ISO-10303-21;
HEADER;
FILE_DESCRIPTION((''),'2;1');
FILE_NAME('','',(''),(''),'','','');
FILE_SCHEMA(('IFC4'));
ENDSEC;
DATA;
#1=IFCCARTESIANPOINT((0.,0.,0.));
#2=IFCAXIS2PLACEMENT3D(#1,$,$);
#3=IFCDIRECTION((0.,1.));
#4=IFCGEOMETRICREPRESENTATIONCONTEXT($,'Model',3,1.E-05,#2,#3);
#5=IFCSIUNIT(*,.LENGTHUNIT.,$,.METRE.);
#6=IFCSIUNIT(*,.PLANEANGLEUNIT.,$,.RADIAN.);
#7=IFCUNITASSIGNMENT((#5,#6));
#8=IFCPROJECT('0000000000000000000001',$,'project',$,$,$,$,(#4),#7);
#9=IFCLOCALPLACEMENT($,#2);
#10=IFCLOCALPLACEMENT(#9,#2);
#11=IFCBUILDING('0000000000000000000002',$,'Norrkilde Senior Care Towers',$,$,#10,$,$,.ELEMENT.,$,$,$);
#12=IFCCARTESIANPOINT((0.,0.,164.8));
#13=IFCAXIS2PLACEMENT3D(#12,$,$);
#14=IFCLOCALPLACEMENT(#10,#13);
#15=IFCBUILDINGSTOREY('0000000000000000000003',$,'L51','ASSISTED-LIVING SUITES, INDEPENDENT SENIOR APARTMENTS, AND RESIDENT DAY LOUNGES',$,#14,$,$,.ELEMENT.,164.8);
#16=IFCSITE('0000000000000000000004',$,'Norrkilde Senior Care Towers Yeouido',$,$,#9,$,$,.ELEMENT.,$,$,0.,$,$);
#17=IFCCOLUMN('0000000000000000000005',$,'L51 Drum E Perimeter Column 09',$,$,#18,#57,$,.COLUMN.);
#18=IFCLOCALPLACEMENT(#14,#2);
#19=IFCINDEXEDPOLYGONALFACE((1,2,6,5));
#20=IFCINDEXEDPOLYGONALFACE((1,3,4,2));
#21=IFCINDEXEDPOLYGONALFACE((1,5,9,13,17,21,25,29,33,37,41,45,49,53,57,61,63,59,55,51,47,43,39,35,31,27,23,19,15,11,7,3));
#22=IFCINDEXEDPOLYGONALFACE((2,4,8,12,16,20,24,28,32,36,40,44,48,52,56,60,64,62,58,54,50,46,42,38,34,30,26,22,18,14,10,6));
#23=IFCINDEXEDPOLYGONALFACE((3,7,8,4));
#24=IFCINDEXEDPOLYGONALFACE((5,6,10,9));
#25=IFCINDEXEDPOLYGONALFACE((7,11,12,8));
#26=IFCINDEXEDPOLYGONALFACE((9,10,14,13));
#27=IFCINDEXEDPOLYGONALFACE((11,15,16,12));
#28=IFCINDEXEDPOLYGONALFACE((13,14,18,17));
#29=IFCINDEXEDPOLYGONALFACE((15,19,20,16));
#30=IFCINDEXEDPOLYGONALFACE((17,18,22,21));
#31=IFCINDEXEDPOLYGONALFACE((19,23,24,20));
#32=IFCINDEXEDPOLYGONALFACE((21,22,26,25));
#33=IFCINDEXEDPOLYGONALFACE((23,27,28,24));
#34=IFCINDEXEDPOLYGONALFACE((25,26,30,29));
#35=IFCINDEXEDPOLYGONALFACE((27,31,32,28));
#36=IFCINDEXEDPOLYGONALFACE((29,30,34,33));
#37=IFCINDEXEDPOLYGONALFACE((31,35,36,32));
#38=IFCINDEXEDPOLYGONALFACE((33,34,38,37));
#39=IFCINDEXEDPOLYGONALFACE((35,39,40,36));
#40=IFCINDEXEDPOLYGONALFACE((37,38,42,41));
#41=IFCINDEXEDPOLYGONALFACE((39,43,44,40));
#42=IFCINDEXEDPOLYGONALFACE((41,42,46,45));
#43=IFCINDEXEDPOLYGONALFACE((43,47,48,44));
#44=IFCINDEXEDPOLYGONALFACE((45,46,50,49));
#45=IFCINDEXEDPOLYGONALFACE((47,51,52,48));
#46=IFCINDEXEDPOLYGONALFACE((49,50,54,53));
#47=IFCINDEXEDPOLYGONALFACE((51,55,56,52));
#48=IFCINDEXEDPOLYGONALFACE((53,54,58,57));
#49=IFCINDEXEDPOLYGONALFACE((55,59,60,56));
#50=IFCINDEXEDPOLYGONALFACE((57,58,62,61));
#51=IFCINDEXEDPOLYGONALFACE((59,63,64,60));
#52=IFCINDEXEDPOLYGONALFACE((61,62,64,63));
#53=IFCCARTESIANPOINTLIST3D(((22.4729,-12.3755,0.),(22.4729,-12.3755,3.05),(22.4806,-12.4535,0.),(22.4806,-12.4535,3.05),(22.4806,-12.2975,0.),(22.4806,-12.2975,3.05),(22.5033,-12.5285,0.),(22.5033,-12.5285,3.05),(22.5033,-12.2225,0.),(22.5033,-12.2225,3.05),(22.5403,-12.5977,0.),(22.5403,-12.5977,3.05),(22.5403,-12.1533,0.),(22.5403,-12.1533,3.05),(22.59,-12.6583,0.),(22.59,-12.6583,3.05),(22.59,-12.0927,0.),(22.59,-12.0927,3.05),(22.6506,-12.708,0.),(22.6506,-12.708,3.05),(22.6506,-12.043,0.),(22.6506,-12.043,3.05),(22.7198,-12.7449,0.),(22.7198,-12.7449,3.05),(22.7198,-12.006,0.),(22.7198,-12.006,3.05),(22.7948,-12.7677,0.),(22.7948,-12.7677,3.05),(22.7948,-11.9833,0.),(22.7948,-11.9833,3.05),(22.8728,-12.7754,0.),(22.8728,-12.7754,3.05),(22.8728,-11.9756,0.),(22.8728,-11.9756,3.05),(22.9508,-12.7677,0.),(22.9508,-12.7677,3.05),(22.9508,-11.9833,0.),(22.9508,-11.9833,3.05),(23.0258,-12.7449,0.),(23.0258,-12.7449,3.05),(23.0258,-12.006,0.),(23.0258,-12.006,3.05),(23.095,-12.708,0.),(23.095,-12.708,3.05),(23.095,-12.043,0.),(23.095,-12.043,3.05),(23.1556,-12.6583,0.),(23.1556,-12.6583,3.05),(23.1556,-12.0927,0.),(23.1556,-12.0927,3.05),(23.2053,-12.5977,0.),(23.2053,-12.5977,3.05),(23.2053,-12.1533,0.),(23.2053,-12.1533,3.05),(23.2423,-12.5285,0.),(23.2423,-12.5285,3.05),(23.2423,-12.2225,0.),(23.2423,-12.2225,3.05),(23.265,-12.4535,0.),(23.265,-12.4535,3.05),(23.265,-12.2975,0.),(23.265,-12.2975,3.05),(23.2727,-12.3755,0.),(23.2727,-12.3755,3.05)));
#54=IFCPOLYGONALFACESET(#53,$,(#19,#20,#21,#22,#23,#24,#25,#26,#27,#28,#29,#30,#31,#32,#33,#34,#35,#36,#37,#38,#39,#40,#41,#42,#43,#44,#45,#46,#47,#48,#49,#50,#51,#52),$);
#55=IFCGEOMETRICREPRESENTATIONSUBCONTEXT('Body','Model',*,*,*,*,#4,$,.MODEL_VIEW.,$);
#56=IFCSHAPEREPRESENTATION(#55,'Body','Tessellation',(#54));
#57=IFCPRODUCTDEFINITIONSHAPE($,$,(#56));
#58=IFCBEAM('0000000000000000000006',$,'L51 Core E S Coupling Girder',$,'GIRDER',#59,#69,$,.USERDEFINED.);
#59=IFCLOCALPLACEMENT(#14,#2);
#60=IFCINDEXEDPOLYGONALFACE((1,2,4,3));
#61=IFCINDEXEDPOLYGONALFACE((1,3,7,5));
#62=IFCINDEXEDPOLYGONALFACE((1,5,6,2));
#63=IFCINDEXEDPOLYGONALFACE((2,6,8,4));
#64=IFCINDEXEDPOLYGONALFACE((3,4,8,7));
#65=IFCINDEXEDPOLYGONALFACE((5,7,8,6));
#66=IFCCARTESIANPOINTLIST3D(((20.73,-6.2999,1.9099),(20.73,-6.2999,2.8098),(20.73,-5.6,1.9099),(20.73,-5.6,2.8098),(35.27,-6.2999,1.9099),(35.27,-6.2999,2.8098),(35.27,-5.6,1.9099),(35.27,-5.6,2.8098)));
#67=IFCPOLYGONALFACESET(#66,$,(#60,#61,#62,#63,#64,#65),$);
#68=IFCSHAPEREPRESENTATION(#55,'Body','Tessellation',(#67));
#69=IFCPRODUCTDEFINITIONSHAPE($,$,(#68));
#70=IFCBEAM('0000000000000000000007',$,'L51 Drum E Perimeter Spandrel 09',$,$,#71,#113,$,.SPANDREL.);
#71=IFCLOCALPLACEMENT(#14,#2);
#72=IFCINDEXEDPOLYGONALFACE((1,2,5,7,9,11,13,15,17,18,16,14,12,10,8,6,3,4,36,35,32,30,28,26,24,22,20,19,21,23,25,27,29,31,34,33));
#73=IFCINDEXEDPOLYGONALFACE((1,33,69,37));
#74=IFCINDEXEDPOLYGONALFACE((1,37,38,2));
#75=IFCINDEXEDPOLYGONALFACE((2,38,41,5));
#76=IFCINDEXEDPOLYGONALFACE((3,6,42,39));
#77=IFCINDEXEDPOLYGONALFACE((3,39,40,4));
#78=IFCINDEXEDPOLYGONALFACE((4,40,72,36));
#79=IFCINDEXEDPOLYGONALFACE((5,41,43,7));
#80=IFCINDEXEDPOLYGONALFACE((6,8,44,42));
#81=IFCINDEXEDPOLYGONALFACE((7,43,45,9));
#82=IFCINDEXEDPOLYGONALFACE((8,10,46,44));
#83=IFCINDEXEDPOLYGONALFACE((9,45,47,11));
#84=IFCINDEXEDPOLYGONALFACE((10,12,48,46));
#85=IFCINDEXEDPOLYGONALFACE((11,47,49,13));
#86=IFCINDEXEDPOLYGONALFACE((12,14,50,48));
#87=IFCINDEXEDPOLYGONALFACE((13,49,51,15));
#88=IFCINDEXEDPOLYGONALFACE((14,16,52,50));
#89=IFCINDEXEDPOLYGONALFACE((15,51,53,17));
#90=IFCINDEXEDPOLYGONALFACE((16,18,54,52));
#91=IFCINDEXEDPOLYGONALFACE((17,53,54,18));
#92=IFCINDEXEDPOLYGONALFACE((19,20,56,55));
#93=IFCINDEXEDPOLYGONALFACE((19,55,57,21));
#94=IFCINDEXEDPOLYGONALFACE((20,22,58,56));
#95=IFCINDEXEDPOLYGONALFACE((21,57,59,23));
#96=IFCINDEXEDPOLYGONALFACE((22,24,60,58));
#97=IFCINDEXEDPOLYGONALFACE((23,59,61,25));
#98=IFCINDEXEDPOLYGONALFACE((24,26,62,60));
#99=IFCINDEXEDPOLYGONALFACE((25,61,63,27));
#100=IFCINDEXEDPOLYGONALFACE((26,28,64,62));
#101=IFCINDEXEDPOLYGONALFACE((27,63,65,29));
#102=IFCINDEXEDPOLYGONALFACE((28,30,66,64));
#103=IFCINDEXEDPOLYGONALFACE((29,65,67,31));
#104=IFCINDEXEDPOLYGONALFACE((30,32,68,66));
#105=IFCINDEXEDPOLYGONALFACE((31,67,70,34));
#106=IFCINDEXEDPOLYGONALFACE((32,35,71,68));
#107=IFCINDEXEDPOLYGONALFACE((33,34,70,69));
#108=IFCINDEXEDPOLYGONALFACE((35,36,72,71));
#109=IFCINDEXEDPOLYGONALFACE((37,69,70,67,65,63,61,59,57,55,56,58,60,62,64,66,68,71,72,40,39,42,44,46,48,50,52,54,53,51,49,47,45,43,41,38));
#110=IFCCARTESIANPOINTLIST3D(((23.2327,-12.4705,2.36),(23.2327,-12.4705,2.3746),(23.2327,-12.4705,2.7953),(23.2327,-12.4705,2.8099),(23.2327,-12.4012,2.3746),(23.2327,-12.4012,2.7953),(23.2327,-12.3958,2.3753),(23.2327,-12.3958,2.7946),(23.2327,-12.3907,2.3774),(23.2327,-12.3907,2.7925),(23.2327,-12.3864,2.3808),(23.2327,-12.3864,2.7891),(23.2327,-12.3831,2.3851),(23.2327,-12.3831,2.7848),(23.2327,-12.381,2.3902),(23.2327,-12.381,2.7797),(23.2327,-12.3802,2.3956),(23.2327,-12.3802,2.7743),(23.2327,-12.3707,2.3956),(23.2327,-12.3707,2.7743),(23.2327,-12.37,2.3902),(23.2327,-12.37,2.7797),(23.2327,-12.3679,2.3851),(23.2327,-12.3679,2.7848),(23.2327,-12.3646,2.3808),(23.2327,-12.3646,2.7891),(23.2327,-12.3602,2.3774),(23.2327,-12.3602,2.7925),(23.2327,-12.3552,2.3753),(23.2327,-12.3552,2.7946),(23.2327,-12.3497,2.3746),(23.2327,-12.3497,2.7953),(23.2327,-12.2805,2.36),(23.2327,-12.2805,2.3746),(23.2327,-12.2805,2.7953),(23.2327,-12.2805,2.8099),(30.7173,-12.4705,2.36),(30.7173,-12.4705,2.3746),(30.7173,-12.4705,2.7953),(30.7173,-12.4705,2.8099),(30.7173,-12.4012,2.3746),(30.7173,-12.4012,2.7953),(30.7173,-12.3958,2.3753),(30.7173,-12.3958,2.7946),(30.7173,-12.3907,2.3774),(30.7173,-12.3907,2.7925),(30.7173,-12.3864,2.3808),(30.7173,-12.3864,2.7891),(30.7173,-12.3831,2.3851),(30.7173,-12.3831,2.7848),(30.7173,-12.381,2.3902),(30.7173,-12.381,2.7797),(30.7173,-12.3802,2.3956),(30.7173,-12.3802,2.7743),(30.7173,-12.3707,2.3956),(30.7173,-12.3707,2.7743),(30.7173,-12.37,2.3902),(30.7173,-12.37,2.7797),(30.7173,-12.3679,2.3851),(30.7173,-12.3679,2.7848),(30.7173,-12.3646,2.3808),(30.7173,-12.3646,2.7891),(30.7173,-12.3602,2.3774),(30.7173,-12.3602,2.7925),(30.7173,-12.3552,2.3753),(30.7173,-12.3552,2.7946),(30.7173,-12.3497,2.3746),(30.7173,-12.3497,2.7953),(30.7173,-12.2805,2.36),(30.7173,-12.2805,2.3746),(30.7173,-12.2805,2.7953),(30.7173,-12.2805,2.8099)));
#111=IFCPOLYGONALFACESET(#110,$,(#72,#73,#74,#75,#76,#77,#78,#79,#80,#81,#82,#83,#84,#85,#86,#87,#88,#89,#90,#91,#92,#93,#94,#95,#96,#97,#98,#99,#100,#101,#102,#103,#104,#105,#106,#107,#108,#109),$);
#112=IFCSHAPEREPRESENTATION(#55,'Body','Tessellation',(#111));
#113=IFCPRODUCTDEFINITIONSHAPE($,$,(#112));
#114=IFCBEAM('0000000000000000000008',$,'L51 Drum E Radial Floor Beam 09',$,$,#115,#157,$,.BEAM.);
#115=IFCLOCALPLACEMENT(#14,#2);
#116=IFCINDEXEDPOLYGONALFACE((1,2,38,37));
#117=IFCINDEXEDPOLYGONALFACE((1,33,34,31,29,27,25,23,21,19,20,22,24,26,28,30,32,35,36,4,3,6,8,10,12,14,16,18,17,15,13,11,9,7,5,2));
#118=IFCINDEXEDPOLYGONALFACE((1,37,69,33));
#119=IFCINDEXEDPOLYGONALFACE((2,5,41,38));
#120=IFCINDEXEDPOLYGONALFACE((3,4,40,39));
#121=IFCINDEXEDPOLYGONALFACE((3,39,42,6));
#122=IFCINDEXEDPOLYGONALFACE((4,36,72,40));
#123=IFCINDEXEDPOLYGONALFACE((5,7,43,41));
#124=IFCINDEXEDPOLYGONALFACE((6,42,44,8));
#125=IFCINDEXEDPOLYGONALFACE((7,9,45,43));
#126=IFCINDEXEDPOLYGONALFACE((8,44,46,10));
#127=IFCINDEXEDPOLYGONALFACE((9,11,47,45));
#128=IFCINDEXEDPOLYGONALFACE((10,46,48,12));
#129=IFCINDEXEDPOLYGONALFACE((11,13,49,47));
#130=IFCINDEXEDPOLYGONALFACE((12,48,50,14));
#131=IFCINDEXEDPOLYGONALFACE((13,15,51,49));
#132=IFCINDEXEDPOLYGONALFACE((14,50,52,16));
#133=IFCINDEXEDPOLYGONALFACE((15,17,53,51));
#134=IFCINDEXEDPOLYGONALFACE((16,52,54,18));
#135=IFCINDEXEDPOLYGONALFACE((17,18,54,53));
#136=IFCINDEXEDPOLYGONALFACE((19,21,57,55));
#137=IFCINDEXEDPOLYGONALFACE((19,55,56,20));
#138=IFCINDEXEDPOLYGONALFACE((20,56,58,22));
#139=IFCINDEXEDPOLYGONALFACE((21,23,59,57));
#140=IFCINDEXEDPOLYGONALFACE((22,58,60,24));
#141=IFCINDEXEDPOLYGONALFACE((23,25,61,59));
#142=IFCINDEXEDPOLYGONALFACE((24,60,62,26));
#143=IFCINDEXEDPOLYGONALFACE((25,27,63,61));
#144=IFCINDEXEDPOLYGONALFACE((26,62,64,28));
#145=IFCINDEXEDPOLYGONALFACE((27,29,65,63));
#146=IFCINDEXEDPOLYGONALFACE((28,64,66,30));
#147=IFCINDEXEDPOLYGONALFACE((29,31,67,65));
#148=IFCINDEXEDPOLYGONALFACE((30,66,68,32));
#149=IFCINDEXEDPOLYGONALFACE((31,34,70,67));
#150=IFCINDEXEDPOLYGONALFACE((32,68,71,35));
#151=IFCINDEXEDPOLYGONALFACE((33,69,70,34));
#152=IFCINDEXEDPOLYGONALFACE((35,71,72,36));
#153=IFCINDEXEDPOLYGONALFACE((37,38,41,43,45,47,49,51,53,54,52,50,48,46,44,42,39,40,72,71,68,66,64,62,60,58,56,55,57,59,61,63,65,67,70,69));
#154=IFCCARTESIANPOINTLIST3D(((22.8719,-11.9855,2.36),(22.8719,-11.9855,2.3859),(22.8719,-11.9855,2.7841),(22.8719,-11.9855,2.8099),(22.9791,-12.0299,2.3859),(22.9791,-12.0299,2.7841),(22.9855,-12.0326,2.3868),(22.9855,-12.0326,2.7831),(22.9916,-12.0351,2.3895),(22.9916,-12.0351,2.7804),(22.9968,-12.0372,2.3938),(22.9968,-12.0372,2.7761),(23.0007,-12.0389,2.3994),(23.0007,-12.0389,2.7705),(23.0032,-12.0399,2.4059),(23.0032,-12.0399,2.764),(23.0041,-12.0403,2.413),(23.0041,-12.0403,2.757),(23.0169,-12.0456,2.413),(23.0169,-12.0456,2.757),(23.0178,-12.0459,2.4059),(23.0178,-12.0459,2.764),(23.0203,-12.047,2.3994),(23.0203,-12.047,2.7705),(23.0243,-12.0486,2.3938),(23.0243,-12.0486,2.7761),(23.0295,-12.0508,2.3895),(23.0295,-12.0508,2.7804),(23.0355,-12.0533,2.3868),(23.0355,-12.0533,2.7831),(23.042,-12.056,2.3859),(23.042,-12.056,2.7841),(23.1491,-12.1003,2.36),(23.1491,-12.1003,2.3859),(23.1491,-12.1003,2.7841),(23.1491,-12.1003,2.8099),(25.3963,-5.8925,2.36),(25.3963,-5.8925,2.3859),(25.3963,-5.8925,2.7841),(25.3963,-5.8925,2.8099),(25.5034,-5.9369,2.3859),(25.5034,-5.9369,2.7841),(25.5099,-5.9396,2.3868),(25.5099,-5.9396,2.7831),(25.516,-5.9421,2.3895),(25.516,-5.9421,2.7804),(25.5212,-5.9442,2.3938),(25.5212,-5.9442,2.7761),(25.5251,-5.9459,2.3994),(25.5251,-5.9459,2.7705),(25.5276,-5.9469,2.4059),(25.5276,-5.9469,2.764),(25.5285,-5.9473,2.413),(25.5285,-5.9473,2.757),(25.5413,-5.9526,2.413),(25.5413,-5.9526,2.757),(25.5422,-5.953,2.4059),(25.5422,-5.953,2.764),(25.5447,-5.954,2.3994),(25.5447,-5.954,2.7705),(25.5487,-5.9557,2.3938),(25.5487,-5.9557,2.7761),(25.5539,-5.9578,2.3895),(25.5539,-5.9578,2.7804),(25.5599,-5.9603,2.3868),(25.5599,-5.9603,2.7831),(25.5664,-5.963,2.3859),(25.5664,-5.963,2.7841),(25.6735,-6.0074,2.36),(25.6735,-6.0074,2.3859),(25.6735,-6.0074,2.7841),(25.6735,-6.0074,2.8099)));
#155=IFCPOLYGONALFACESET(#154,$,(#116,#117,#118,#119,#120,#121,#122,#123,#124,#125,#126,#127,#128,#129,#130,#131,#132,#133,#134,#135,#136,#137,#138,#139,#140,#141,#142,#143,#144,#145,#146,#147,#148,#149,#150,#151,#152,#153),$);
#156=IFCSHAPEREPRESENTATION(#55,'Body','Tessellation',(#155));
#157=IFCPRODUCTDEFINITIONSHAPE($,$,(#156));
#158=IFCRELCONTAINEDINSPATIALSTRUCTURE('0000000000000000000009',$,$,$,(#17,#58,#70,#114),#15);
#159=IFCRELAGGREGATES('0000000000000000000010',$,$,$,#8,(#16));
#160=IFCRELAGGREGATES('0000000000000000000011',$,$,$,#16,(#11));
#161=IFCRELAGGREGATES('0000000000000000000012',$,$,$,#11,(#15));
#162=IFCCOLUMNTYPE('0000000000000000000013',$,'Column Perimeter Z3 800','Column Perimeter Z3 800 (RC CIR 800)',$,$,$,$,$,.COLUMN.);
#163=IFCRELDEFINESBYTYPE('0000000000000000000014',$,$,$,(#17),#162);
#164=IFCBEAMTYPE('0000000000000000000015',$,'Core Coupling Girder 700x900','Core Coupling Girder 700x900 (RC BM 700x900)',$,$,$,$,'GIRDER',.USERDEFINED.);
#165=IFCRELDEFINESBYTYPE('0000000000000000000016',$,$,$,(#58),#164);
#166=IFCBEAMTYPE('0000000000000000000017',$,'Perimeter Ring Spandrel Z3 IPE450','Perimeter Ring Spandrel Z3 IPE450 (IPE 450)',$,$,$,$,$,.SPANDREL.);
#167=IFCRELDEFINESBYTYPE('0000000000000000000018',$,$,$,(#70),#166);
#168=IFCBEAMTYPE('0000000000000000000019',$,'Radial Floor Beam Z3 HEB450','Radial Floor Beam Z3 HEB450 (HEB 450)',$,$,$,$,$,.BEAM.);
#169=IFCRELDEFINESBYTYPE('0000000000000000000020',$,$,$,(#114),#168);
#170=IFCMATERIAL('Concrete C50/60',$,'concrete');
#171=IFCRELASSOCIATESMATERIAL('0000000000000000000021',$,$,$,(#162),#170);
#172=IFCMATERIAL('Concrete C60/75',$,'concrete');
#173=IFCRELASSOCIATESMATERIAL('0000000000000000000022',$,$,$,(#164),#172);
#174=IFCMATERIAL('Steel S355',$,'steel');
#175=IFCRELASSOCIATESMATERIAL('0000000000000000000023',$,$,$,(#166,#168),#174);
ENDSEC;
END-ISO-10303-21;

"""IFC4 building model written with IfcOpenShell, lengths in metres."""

from ifc_helpers import new_model, si_unit, direction, frame, origin, origin_2d, place, context, subcontext, project, spatial, rectangle, circle, i_section, extrude, source, transform, mapped, material, material_profile, profile_set, type_object, type_shapes, element, save


model = new_model("IFC4")

# Units and contexts
model_context = context("Model", 3, precision=1e-05, world=origin(), true_north=direction((0.0, 1.0)))
body_context = subcontext(model_context, "Body", "Model", "MODEL_VIEW")
ifc_project = project(units=[si_unit("LENGTHUNIT", "METRE"), si_unit("PLANEANGLEUNIT", "RADIAN")], contexts=[model_context])

# Site, building, storey
site_placement = place(None, origin())
site = spatial("IfcSite", under=ifc_project, at=site_placement, Name="Norrkilde Senior Care Towers Yeouido", CompositionType="ELEMENT", RefElevation=0.0)
building_placement = place(site_placement, origin())
building = spatial("IfcBuilding", under=site, at=building_placement, Name="Norrkilde Senior Care Towers", CompositionType="ELEMENT")
storey_placement = place(building_placement, frame((0.0, 0.0, 164.8)))
storey = spatial("IfcBuildingStorey", under=building, at=storey_placement, Name="L51", Description="ASSISTED-LIVING SUITES, INDEPENDENT SENIOR APARTMENTS, AND RESIDENT DAY LOUNGES", CompositionType="ELEMENT", Elevation=164.8)

# Column
ifc_material_1 = material(Name="Concrete C50/60", Category="concrete")
ifc_material_profile_1 = material_profile(ifc_material_1, circle(Radius=0.3999, at=origin_2d()), Name="RC CIR 800")
ifc_profile_set_1 = profile_set([ifc_material_profile_1], Name="Concrete C50/60")
column_type = type_object("IfcColumnType", Name="Column Perimeter Z3 800", Description="Column Perimeter Z3 800 (RC CIR 800)", PredefinedType="COLUMN", material=ifc_profile_set_1)
shared_shape_1 = source(origin(), body_context, "Body", "SweptSolid", [
    extrude(circle(Radius=0.3999, at=origin_2d()), origin(), (0.0, 0.0, 1.0), 3.05),
])
type_shapes(column_type, [shared_shape_1])
column_placement = place(storey_placement, frame((22.8728, -12.3755, 0.0), z_axis=(0.0, 0.0, 1.0), x_axis=(1.0, 0.0, 0.0)))
element("IfcColumn", 1, at=column_placement, inside=storey, type_object=column_type, Name="L51 Drum E Perimeter Column 09", PredefinedType="COLUMN", context=body_context, shape_type="MappedRepresentation", body=[
    mapped(shared_shape_1, transform((0.0, 0.0, 0.0), x_axis=(1.0, 0.0, 0.0), y_axis=(0.0, 1.0, 0.0), z_axis=(0.0, 0.0, 1.0), scale=1.0)),
])

# Beams
ifc_material_2 = material(Name="Concrete C60/75", Category="concrete")
ifc_material_profile_2 = material_profile(ifc_material_2, rectangle(XDim=0.7, YDim=0.8999, at=origin_2d()), Name="RC BM 700x900")
ifc_profile_set_2 = profile_set([ifc_material_profile_2], Name="Concrete C60/75")
beam_type_1 = type_object("IfcBeamType", Name="Core Coupling Girder 700x900", Description="Core Coupling Girder 700x900 (RC BM 700x900)", ElementType="GIRDER", PredefinedType="USERDEFINED", material=ifc_profile_set_2)
shared_shape_2 = source(origin(), body_context, "Body", "SweptSolid", [
    extrude(rectangle(XDim=0.7, YDim=0.8999, at=origin_2d()), origin(), (0.0, 0.0, 1.0), 14.54),
])
type_shapes(beam_type_1, [shared_shape_2])
beam_1_placement = place(storey_placement, frame((20.73, -5.95, 2.3599), z_axis=(1.0, 0.0, 0.0), x_axis=(0.0, 1.0, 0.0)))
element("IfcBeam", 2, at=beam_1_placement, inside=storey, type_object=beam_type_1, Name="L51 Core E S Coupling Girder", ObjectType="GIRDER", PredefinedType="USERDEFINED", context=body_context, shape_type="MappedRepresentation", body=[
    mapped(shared_shape_2, transform((0.0, 0.0, 0.0), x_axis=(1.0, 0.0, 0.0), y_axis=(0.0, 1.0, 0.0), z_axis=(0.0, 0.0, 1.0), scale=1.0)),
])
ifc_material_3 = material(Name="Steel S355", Category="steel")
ifc_material_profile_3 = material_profile(ifc_material_3, i_section(OverallWidth=0.1899, OverallDepth=0.45, WebThickness=0.0095, FlangeThickness=0.0146, FilletRadius=0.021, at=origin_2d()), Name="IPE 450")
ifc_profile_set_3 = profile_set([ifc_material_profile_3], Name="Steel S355")
beam_type_2 = type_object("IfcBeamType", Name="Perimeter Ring Spandrel Z3 IPE450", Description="Perimeter Ring Spandrel Z3 IPE450 (IPE 450)", PredefinedType="SPANDREL", material=ifc_profile_set_3)
shared_shape_3 = source(origin(), body_context, "Body", "SweptSolid", [
    extrude(i_section(OverallWidth=0.1899, OverallDepth=0.45, WebThickness=0.0095, FlangeThickness=0.0146, FilletRadius=0.021, at=origin_2d()), origin(), (0.0, 0.0, 1.0), 7.4846),
])
type_shapes(beam_type_2, [shared_shape_3])
beam_2_placement = place(storey_placement, frame((23.2327, -12.3755, 2.585), z_axis=(1.0, 0.0, 0.0), x_axis=(0.0, 1.0, 0.0)))
element("IfcBeam", 3, at=beam_2_placement, inside=storey, type_object=beam_type_2, Name="L51 Drum E Perimeter Spandrel 09", PredefinedType="SPANDREL", context=body_context, shape_type="MappedRepresentation", body=[
    mapped(shared_shape_3, transform((0.0, 0.0, 0.0), x_axis=(1.0, 0.0, 0.0), y_axis=(0.0, 1.0, 0.0), z_axis=(0.0, 0.0, 1.0), scale=1.0)),
])
ifc_material_profile_4 = material_profile(ifc_material_3, i_section(OverallWidth=0.3, OverallDepth=0.45, WebThickness=0.0139, FlangeThickness=0.0259, FilletRadius=0.0271, at=origin_2d()), Name="HEB 450")
ifc_profile_set_4 = profile_set([ifc_material_profile_4], Name="Steel S355")
beam_type_3 = type_object("IfcBeamType", Name="Radial Floor Beam Z3 HEB450", Description="Radial Floor Beam Z3 HEB450 (HEB 450)", PredefinedType="BEAM", material=ifc_profile_set_4)
shared_shape_4 = source(origin(), body_context, "Body", "SweptSolid", [
    extrude(i_section(OverallWidth=0.3, OverallDepth=0.45, WebThickness=0.0139, FlangeThickness=0.0259, FilletRadius=0.0271, at=origin_2d()), origin(), (0.0, 0.0, 1.0), 6.5952),
])
beam_3_placement = place(storey_placement, frame((25.5349, -5.95, 2.585), z_axis=(-0.382762, -0.923847, 0.0), x_axis=(0.923847, -0.382762, 0.0)))
element("IfcBeam", 4, at=beam_3_placement, inside=storey, type_object=beam_type_3, Name="L51 Drum E Radial Floor Beam 09", PredefinedType="BEAM", context=body_context, shape_type="MappedRepresentation", body=[
    mapped(shared_shape_4, transform((0.0, 0.0, 0.0), x_axis=(1.0, 0.0, 0.0), y_axis=(0.0, 1.0, 0.0), z_axis=(0.0, 0.0, 1.0), scale=1.0)),
])

save(model, "model.ifc")
